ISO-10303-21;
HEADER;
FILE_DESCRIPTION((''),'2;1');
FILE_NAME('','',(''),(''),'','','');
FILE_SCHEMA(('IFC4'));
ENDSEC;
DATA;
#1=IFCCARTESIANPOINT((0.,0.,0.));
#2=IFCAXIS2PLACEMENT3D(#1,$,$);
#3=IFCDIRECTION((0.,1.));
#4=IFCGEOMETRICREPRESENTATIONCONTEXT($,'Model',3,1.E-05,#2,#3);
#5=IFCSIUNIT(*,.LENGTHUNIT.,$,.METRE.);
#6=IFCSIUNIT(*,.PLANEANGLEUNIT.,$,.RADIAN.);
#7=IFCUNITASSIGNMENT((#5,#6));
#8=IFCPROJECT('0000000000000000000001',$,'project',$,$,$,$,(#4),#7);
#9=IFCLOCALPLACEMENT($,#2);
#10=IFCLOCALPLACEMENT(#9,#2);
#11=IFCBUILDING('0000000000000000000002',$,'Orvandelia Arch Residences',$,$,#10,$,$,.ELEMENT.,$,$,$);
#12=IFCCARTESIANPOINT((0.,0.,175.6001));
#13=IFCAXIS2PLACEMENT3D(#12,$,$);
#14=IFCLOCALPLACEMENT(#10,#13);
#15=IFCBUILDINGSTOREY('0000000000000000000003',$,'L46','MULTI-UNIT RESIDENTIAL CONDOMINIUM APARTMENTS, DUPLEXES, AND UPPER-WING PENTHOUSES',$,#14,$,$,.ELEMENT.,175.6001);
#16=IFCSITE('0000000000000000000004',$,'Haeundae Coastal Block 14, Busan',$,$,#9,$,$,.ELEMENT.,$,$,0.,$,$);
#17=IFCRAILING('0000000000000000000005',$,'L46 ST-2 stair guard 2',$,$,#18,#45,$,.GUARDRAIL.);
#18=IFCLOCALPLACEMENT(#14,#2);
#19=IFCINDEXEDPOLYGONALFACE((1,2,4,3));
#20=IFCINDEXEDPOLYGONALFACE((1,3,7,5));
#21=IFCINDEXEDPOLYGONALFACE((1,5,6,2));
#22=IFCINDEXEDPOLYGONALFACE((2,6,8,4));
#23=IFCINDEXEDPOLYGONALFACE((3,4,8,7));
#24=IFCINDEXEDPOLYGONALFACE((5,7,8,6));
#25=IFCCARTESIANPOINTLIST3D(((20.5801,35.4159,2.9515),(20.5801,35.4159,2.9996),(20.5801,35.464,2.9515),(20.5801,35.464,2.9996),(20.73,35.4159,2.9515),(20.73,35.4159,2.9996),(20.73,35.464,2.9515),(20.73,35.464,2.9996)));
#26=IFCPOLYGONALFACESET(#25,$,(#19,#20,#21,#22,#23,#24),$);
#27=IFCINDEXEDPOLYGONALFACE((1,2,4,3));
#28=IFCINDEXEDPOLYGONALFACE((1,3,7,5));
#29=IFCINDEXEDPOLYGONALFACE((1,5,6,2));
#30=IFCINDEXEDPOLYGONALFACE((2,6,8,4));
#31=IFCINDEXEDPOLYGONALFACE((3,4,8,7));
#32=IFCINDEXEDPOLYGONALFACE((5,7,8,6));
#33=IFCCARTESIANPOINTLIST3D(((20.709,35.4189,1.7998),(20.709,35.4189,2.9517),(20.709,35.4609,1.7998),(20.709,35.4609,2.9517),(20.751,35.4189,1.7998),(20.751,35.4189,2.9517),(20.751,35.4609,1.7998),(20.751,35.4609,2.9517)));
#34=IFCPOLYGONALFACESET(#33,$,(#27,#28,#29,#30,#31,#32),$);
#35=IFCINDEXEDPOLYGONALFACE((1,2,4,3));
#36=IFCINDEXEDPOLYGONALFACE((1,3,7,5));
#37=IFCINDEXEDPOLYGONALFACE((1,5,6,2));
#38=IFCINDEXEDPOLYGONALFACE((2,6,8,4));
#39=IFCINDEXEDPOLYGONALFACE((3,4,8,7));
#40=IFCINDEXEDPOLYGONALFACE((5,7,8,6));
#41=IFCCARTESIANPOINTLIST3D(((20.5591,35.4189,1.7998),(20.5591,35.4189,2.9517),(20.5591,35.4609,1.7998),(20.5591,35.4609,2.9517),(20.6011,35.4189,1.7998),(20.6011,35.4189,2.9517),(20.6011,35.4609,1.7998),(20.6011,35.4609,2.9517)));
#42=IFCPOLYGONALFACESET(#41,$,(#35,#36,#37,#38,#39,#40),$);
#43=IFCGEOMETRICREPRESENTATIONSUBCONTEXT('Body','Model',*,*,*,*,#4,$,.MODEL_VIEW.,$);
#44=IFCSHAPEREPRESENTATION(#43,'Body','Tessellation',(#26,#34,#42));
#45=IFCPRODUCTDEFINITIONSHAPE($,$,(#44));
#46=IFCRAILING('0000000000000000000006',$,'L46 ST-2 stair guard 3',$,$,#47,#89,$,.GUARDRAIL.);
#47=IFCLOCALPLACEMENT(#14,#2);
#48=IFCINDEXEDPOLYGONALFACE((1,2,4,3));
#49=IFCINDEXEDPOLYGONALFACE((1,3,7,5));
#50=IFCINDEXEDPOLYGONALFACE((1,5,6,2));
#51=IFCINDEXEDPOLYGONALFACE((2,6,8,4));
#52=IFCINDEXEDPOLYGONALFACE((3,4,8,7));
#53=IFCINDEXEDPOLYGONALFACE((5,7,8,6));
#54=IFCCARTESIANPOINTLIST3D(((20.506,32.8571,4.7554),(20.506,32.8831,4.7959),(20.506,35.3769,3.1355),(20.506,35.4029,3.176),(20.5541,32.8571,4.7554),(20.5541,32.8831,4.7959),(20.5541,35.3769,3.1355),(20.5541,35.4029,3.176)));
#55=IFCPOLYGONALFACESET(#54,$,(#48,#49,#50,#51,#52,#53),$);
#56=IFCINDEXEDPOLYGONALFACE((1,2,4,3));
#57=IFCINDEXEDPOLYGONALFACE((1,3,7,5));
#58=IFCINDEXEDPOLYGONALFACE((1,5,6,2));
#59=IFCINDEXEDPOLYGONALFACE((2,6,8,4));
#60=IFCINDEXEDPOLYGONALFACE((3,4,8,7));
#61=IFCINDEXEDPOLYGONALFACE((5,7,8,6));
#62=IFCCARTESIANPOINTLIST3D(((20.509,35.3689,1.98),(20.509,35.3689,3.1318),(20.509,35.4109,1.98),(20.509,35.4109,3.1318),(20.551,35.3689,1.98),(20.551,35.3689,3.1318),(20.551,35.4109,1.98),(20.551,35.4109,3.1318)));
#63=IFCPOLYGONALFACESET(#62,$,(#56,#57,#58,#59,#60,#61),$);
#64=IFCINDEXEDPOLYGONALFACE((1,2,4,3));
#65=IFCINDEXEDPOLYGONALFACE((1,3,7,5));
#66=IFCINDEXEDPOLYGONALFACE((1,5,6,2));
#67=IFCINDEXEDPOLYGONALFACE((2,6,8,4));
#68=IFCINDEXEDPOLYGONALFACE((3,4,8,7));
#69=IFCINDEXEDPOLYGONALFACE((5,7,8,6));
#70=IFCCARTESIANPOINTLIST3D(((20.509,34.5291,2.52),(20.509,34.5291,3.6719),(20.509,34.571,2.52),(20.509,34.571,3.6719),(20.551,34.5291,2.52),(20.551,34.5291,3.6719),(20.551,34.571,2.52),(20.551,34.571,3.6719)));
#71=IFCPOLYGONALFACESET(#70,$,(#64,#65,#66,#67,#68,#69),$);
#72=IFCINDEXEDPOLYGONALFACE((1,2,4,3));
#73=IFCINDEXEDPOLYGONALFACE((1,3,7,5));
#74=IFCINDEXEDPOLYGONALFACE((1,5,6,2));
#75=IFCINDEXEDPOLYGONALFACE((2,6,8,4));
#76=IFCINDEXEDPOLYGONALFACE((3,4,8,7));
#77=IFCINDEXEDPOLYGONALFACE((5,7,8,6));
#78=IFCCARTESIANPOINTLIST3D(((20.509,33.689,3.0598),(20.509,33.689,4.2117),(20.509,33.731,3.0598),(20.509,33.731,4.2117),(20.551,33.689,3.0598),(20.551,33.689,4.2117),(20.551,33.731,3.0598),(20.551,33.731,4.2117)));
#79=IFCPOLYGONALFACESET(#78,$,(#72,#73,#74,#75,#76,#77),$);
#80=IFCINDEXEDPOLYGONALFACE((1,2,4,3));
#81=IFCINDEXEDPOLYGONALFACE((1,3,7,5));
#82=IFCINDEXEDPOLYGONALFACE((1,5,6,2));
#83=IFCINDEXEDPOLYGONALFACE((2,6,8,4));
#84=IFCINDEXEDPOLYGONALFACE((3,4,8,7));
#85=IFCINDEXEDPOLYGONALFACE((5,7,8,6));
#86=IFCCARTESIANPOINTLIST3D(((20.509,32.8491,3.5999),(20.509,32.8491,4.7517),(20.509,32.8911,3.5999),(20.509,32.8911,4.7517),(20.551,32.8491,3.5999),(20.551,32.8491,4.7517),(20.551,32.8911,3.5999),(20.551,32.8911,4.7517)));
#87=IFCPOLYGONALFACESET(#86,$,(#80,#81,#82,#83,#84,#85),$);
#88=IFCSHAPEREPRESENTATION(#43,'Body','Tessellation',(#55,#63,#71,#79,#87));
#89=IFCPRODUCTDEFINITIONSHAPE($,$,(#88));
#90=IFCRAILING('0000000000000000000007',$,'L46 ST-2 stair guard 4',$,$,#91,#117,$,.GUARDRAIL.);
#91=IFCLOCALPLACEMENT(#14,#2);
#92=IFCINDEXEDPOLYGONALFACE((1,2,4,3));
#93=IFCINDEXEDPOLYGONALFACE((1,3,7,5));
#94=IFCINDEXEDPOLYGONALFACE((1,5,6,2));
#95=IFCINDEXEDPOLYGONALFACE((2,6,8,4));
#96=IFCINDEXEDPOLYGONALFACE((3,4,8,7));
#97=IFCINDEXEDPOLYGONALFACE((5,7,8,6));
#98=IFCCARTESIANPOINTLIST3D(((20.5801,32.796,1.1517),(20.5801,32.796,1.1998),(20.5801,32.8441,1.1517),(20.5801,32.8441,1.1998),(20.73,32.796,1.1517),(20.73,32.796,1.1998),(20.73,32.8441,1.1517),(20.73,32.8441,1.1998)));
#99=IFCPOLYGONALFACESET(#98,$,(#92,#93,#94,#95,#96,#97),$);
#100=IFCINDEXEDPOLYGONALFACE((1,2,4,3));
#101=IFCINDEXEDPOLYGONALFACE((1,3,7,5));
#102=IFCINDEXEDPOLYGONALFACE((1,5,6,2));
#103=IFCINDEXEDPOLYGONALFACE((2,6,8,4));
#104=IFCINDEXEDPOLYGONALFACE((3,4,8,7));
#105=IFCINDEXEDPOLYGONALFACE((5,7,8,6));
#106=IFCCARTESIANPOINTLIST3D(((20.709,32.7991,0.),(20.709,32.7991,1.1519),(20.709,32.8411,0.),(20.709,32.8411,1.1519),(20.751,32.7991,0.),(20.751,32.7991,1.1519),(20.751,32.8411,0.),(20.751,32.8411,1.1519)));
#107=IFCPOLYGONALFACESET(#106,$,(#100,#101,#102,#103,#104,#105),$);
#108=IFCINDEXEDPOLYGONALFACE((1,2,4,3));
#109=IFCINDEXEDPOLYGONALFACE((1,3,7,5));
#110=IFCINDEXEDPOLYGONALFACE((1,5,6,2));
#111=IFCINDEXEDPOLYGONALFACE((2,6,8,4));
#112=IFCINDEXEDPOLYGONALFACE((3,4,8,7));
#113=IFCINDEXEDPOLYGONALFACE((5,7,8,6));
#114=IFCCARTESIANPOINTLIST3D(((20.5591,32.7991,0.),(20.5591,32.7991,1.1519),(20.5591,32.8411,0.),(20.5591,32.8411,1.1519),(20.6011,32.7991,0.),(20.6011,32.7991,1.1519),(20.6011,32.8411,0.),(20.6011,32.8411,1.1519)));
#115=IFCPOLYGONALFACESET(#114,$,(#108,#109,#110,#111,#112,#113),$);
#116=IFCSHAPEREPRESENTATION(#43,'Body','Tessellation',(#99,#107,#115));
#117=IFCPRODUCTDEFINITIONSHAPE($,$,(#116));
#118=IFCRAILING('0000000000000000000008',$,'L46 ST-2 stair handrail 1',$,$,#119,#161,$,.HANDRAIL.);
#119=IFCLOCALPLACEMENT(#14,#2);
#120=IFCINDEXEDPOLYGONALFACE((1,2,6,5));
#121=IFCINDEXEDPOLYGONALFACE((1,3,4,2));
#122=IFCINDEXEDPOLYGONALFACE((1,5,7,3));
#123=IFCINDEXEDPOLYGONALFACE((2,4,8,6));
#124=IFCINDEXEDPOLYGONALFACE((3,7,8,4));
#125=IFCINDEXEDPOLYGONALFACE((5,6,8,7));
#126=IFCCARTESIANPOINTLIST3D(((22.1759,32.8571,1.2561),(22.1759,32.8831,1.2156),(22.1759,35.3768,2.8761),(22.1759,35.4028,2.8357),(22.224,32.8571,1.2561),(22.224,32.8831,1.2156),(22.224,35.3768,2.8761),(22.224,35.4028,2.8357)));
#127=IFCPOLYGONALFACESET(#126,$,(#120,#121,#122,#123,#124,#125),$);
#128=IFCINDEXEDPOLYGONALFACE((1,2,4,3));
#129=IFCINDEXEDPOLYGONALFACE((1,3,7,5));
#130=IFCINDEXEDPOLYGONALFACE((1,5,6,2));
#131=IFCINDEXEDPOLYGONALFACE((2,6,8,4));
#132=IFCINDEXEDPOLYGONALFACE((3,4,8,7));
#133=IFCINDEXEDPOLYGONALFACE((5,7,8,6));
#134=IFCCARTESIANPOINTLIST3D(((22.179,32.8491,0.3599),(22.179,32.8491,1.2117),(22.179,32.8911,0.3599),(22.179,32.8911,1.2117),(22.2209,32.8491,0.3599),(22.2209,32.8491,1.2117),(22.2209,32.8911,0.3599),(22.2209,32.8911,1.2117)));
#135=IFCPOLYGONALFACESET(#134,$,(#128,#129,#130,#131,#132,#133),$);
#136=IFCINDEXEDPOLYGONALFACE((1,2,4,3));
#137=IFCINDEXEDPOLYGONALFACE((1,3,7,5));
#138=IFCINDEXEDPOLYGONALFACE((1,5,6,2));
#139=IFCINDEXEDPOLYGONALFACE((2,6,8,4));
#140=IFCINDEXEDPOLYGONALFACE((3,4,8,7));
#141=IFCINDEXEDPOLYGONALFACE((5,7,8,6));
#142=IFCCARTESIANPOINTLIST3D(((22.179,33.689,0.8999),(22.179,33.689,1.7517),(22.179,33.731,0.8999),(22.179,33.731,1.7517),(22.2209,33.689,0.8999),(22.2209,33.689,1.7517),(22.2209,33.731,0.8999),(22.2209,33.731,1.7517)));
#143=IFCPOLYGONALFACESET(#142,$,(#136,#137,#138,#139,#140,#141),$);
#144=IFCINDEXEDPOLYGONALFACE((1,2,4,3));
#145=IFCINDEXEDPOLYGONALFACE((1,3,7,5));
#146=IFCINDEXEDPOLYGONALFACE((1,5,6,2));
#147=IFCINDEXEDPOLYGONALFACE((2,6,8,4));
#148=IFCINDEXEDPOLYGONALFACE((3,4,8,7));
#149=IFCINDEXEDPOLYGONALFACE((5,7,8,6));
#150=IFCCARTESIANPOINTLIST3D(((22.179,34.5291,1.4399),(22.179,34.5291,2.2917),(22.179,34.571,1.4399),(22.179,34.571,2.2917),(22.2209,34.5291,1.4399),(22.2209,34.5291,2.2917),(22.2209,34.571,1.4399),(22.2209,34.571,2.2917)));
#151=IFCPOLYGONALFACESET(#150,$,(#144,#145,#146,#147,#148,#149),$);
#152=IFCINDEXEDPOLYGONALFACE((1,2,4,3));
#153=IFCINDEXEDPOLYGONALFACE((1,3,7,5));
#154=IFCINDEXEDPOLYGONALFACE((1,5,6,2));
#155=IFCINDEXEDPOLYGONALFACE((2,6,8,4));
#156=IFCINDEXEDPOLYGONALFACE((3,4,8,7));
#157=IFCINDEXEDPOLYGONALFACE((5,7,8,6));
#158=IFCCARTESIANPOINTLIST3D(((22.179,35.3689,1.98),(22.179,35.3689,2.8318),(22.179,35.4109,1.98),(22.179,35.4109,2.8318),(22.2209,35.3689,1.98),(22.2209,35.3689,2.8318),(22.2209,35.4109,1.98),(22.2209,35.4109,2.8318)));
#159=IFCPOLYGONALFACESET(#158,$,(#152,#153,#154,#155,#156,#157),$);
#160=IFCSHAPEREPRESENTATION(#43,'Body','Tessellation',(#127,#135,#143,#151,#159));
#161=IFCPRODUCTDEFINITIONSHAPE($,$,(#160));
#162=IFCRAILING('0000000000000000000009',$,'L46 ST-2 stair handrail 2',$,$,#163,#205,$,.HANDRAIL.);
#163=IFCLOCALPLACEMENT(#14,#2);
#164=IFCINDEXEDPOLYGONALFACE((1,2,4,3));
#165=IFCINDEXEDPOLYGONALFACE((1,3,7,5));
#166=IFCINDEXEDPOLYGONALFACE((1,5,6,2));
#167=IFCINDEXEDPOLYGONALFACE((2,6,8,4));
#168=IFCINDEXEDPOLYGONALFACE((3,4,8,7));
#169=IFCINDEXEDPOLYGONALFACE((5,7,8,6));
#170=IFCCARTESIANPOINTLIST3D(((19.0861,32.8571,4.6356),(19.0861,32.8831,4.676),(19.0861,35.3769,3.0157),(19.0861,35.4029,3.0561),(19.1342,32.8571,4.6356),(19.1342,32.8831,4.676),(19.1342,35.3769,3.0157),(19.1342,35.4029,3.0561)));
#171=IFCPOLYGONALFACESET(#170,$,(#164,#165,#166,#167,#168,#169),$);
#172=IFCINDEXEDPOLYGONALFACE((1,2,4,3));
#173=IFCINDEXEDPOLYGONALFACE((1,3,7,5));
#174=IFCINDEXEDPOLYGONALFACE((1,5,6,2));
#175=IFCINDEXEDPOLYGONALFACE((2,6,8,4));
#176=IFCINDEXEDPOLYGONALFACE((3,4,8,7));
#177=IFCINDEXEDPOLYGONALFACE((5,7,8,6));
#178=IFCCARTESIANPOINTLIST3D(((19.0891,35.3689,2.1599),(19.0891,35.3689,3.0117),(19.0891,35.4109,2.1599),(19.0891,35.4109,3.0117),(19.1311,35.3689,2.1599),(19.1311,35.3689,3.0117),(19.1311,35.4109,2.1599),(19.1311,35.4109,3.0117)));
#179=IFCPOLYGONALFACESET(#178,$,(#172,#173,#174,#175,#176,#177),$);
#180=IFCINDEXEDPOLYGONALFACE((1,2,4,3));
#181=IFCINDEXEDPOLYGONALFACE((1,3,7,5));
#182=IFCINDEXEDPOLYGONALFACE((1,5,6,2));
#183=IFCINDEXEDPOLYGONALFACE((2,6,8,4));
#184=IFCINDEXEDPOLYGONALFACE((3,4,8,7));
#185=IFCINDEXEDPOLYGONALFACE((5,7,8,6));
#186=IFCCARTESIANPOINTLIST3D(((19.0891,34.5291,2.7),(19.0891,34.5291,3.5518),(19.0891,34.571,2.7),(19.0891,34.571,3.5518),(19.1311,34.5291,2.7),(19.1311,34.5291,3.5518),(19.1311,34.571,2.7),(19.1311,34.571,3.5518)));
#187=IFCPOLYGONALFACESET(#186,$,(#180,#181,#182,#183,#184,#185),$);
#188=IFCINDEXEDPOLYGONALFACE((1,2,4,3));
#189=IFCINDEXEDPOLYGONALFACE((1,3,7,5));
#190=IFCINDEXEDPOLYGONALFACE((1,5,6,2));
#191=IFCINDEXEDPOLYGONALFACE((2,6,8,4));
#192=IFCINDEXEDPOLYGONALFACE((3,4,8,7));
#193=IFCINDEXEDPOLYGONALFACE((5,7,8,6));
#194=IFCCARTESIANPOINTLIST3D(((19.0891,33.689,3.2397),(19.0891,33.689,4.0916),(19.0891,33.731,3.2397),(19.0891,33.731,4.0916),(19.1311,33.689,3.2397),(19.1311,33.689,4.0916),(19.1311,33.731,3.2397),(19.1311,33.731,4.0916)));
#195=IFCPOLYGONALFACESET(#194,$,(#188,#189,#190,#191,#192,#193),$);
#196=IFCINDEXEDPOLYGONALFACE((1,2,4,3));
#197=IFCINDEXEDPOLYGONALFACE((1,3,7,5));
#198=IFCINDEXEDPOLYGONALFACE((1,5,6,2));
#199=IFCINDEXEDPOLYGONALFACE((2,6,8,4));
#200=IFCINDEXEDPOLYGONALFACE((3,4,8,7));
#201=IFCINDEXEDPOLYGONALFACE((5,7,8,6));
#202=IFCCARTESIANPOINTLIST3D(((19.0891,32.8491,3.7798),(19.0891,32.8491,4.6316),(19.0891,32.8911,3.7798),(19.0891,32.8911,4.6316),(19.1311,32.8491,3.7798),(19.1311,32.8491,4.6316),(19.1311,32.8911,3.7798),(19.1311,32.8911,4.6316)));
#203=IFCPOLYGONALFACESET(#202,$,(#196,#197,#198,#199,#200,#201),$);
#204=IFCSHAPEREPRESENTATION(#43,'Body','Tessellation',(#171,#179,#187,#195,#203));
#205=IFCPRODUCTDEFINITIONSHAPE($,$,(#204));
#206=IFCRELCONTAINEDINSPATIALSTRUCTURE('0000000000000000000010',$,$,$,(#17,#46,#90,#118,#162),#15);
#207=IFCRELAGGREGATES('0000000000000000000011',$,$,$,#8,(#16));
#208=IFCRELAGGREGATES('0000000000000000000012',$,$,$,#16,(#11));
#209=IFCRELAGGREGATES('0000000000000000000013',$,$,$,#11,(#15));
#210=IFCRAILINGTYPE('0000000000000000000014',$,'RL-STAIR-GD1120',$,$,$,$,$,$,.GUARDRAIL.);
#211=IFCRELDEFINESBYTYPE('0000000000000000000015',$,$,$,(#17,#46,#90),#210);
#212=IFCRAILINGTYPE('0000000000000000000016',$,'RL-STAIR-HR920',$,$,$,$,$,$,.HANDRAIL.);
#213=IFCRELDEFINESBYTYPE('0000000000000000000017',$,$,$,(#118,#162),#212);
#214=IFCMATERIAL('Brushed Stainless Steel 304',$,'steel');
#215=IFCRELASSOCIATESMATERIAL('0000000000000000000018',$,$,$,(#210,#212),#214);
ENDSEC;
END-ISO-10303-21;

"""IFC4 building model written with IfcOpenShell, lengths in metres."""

from ifc_helpers import new_model, si_unit, direction, frame, origin, origin_2d, place, context, subcontext, project, spatial, rectangle, extrude, material, type_object, element, save


model = new_model("IFC4")

# Units and contexts
model_context = context("Model", 3, precision=1e-05, world=origin(), true_north=direction((0.0, 1.0)))
body_context = subcontext(model_context, "Body", "Model", "MODEL_VIEW")
ifc_project = project(units=[si_unit("LENGTHUNIT", "METRE"), si_unit("PLANEANGLEUNIT", "RADIAN")], contexts=[model_context])

# Site, building, storey
site_placement = place(None, origin())
site = spatial("IfcSite", under=ifc_project, at=site_placement, Name="Haeundae Coastal Block 14, Busan", CompositionType="ELEMENT", RefElevation=0.0)
building_placement = place(site_placement, origin())
building = spatial("IfcBuilding", under=site, at=building_placement, Name="Orvandelia Arch Residences", CompositionType="ELEMENT")
storey_placement = place(building_placement, frame((0.0, 0.0, 175.6001)))
storey = spatial("IfcBuildingStorey", under=building, at=storey_placement, Name="L46", Description="MULTI-UNIT RESIDENTIAL CONDOMINIUM APARTMENTS, DUPLEXES, AND UPPER-WING PENTHOUSES", CompositionType="ELEMENT", Elevation=175.6001)

# Railings
ifc_material_1 = material(Name="Brushed Stainless Steel 304", Category="steel")
railing_type_1 = type_object("IfcRailingType", Name="RL-STAIR-GD1120", PredefinedType="GUARDRAIL", material=ifc_material_1)
railing_1_placement = place(storey_placement, frame((20.73, 35.4399, 1.7998)))
element("IfcRailing", 1, at=railing_1_placement, inside=storey, type_object=railing_type_1, Name="L46 ST-2 stair guard 2", PredefinedType="GUARDRAIL", context=body_context, shape_type="SweptSolid", body=[
    extrude(rectangle(XDim=0.0481, YDim=0.0481, at=origin_2d()), frame((0.0, 0.0, 1.1758), z_axis=(-1.0, 0.0, 0.0), x_axis=(0.0, -1.0, 0.0)), (0.0, 0.0, 1.0), 0.1499),
    extrude(rectangle(XDim=0.042, YDim=0.042, at=origin_2d()), origin(), (0.0, 0.0, 1.0), 1.1519),
    extrude(rectangle(XDim=0.042, YDim=0.042, at=origin_2d()), frame((-0.1499, 0.0, 0.0)), (0.0, 0.0, 1.0), 1.1519),
])
railing_2_placement = place(storey_placement, frame((20.53, 35.3899, 1.98)))
element("IfcRailing", 2, at=railing_2_placement, inside=storey, type_object=railing_type_1, Name="L46 ST-2 stair guard 3", PredefinedType="GUARDRAIL", context=body_context, shape_type="SweptSolid", body=[
    extrude(rectangle(XDim=0.0481, YDim=0.0481, at=origin_2d()), frame((0.0, 0.0, 1.1758), z_axis=(0.0, -0.841176, 0.540762), x_axis=(1.0, 0.0, 0.0)), (0.0, 0.0, 1.0), 2.9956),
    extrude(rectangle(XDim=0.042, YDim=0.042, at=origin_2d()), origin(), (0.0, 0.0, 1.0), 1.1519),
    extrude(rectangle(XDim=0.042, YDim=0.042, at=origin_2d()), frame((0.0, -0.8398, 0.54)), (0.0, 0.0, 1.0), 1.1519),
    extrude(rectangle(XDim=0.042, YDim=0.042, at=origin_2d()), frame((0.0, -1.6799, 1.0798)), (0.0, 0.0, 1.0), 1.1519),
    extrude(rectangle(XDim=0.042, YDim=0.042, at=origin_2d()), frame((0.0, -2.5198, 1.6199)), (0.0, 0.0, 1.0), 1.1519),
])
railing_3_placement = place(storey_placement, frame((20.73, 32.8201, 0.0)))
element("IfcRailing", 3, at=railing_3_placement, inside=storey, type_object=railing_type_1, Name="L46 ST-2 stair guard 4", PredefinedType="GUARDRAIL", context=body_context, shape_type="SweptSolid", body=[
    extrude(rectangle(XDim=0.0481, YDim=0.0481, at=origin_2d()), frame((0.0, 0.0, 1.1758), z_axis=(-1.0, 0.0, 0.0), x_axis=(0.0, -1.0, 0.0)), (0.0, 0.0, 1.0), 0.1499),
    extrude(rectangle(XDim=0.042, YDim=0.042, at=origin_2d()), origin(), (0.0, 0.0, 1.0), 1.1519),
    extrude(rectangle(XDim=0.042, YDim=0.042, at=origin_2d()), frame((-0.1499, 0.0, 0.0)), (0.0, 0.0, 1.0), 1.1519),
])
railing_type_2 = type_object("IfcRailingType", Name="RL-STAIR-HR920", PredefinedType="HANDRAIL", material=ifc_material_1)
railing_4_placement = place(storey_placement, frame((22.2, 32.8701, 0.3599)))
element("IfcRailing", 4, at=railing_4_placement, inside=storey, type_object=railing_type_2, Name="L46 ST-2 stair handrail 1", PredefinedType="HANDRAIL", context=body_context, shape_type="SweptSolid", body=[
    extrude(rectangle(XDim=0.0481, YDim=0.0481, at=origin_2d()), frame((0.0, 0.0, 0.876), z_axis=(0.0, 0.841139, 0.540819), x_axis=(-1.0, 0.0, 0.0)), (0.0, 0.0, 1.0), 2.9956),
    extrude(rectangle(XDim=0.042, YDim=0.042, at=origin_2d()), origin(), (0.0, 0.0, 1.0), 0.8518),
    extrude(rectangle(XDim=0.042, YDim=0.042, at=origin_2d()), frame((0.0, 0.8398, 0.54)), (0.0, 0.0, 1.0), 0.8518),
    extrude(rectangle(XDim=0.042, YDim=0.042, at=origin_2d()), frame((0.0, 1.6799, 1.0801)), (0.0, 0.0, 1.0), 0.8518),
    extrude(rectangle(XDim=0.042, YDim=0.042, at=origin_2d()), frame((0.0, 2.5198, 1.6201)), (0.0, 0.0, 1.0), 0.8518),
])
railing_5_placement = place(storey_placement, frame((19.1101, 35.3899, 2.1599)))
element("IfcRailing", 5, at=railing_5_placement, inside=storey, type_object=railing_type_2, Name="L46 ST-2 stair handrail 2", PredefinedType="HANDRAIL", context=body_context, shape_type="SweptSolid", body=[
    extrude(rectangle(XDim=0.0481, YDim=0.0481, at=origin_2d()), frame((0.0, 0.0, 0.876), z_axis=(0.0, -0.841176, 0.540762), x_axis=(1.0, 0.0, 0.0)), (0.0, 0.0, 1.0), 2.9956),
    extrude(rectangle(XDim=0.042, YDim=0.042, at=origin_2d()), origin(), (0.0, 0.0, 1.0), 0.8518),
    extrude(rectangle(XDim=0.042, YDim=0.042, at=origin_2d()), frame((0.0, -0.8398, 0.54)), (0.0, 0.0, 1.0), 0.8518),
    extrude(rectangle(XDim=0.042, YDim=0.042, at=origin_2d()), frame((0.0, -1.6799, 1.0798)), (0.0, 0.0, 1.0), 0.8518),
    extrude(rectangle(XDim=0.042, YDim=0.042, at=origin_2d()), frame((0.0, -2.5198, 1.6199)), (0.0, 0.0, 1.0), 0.8518),
])

save(model, "model.ifc")
